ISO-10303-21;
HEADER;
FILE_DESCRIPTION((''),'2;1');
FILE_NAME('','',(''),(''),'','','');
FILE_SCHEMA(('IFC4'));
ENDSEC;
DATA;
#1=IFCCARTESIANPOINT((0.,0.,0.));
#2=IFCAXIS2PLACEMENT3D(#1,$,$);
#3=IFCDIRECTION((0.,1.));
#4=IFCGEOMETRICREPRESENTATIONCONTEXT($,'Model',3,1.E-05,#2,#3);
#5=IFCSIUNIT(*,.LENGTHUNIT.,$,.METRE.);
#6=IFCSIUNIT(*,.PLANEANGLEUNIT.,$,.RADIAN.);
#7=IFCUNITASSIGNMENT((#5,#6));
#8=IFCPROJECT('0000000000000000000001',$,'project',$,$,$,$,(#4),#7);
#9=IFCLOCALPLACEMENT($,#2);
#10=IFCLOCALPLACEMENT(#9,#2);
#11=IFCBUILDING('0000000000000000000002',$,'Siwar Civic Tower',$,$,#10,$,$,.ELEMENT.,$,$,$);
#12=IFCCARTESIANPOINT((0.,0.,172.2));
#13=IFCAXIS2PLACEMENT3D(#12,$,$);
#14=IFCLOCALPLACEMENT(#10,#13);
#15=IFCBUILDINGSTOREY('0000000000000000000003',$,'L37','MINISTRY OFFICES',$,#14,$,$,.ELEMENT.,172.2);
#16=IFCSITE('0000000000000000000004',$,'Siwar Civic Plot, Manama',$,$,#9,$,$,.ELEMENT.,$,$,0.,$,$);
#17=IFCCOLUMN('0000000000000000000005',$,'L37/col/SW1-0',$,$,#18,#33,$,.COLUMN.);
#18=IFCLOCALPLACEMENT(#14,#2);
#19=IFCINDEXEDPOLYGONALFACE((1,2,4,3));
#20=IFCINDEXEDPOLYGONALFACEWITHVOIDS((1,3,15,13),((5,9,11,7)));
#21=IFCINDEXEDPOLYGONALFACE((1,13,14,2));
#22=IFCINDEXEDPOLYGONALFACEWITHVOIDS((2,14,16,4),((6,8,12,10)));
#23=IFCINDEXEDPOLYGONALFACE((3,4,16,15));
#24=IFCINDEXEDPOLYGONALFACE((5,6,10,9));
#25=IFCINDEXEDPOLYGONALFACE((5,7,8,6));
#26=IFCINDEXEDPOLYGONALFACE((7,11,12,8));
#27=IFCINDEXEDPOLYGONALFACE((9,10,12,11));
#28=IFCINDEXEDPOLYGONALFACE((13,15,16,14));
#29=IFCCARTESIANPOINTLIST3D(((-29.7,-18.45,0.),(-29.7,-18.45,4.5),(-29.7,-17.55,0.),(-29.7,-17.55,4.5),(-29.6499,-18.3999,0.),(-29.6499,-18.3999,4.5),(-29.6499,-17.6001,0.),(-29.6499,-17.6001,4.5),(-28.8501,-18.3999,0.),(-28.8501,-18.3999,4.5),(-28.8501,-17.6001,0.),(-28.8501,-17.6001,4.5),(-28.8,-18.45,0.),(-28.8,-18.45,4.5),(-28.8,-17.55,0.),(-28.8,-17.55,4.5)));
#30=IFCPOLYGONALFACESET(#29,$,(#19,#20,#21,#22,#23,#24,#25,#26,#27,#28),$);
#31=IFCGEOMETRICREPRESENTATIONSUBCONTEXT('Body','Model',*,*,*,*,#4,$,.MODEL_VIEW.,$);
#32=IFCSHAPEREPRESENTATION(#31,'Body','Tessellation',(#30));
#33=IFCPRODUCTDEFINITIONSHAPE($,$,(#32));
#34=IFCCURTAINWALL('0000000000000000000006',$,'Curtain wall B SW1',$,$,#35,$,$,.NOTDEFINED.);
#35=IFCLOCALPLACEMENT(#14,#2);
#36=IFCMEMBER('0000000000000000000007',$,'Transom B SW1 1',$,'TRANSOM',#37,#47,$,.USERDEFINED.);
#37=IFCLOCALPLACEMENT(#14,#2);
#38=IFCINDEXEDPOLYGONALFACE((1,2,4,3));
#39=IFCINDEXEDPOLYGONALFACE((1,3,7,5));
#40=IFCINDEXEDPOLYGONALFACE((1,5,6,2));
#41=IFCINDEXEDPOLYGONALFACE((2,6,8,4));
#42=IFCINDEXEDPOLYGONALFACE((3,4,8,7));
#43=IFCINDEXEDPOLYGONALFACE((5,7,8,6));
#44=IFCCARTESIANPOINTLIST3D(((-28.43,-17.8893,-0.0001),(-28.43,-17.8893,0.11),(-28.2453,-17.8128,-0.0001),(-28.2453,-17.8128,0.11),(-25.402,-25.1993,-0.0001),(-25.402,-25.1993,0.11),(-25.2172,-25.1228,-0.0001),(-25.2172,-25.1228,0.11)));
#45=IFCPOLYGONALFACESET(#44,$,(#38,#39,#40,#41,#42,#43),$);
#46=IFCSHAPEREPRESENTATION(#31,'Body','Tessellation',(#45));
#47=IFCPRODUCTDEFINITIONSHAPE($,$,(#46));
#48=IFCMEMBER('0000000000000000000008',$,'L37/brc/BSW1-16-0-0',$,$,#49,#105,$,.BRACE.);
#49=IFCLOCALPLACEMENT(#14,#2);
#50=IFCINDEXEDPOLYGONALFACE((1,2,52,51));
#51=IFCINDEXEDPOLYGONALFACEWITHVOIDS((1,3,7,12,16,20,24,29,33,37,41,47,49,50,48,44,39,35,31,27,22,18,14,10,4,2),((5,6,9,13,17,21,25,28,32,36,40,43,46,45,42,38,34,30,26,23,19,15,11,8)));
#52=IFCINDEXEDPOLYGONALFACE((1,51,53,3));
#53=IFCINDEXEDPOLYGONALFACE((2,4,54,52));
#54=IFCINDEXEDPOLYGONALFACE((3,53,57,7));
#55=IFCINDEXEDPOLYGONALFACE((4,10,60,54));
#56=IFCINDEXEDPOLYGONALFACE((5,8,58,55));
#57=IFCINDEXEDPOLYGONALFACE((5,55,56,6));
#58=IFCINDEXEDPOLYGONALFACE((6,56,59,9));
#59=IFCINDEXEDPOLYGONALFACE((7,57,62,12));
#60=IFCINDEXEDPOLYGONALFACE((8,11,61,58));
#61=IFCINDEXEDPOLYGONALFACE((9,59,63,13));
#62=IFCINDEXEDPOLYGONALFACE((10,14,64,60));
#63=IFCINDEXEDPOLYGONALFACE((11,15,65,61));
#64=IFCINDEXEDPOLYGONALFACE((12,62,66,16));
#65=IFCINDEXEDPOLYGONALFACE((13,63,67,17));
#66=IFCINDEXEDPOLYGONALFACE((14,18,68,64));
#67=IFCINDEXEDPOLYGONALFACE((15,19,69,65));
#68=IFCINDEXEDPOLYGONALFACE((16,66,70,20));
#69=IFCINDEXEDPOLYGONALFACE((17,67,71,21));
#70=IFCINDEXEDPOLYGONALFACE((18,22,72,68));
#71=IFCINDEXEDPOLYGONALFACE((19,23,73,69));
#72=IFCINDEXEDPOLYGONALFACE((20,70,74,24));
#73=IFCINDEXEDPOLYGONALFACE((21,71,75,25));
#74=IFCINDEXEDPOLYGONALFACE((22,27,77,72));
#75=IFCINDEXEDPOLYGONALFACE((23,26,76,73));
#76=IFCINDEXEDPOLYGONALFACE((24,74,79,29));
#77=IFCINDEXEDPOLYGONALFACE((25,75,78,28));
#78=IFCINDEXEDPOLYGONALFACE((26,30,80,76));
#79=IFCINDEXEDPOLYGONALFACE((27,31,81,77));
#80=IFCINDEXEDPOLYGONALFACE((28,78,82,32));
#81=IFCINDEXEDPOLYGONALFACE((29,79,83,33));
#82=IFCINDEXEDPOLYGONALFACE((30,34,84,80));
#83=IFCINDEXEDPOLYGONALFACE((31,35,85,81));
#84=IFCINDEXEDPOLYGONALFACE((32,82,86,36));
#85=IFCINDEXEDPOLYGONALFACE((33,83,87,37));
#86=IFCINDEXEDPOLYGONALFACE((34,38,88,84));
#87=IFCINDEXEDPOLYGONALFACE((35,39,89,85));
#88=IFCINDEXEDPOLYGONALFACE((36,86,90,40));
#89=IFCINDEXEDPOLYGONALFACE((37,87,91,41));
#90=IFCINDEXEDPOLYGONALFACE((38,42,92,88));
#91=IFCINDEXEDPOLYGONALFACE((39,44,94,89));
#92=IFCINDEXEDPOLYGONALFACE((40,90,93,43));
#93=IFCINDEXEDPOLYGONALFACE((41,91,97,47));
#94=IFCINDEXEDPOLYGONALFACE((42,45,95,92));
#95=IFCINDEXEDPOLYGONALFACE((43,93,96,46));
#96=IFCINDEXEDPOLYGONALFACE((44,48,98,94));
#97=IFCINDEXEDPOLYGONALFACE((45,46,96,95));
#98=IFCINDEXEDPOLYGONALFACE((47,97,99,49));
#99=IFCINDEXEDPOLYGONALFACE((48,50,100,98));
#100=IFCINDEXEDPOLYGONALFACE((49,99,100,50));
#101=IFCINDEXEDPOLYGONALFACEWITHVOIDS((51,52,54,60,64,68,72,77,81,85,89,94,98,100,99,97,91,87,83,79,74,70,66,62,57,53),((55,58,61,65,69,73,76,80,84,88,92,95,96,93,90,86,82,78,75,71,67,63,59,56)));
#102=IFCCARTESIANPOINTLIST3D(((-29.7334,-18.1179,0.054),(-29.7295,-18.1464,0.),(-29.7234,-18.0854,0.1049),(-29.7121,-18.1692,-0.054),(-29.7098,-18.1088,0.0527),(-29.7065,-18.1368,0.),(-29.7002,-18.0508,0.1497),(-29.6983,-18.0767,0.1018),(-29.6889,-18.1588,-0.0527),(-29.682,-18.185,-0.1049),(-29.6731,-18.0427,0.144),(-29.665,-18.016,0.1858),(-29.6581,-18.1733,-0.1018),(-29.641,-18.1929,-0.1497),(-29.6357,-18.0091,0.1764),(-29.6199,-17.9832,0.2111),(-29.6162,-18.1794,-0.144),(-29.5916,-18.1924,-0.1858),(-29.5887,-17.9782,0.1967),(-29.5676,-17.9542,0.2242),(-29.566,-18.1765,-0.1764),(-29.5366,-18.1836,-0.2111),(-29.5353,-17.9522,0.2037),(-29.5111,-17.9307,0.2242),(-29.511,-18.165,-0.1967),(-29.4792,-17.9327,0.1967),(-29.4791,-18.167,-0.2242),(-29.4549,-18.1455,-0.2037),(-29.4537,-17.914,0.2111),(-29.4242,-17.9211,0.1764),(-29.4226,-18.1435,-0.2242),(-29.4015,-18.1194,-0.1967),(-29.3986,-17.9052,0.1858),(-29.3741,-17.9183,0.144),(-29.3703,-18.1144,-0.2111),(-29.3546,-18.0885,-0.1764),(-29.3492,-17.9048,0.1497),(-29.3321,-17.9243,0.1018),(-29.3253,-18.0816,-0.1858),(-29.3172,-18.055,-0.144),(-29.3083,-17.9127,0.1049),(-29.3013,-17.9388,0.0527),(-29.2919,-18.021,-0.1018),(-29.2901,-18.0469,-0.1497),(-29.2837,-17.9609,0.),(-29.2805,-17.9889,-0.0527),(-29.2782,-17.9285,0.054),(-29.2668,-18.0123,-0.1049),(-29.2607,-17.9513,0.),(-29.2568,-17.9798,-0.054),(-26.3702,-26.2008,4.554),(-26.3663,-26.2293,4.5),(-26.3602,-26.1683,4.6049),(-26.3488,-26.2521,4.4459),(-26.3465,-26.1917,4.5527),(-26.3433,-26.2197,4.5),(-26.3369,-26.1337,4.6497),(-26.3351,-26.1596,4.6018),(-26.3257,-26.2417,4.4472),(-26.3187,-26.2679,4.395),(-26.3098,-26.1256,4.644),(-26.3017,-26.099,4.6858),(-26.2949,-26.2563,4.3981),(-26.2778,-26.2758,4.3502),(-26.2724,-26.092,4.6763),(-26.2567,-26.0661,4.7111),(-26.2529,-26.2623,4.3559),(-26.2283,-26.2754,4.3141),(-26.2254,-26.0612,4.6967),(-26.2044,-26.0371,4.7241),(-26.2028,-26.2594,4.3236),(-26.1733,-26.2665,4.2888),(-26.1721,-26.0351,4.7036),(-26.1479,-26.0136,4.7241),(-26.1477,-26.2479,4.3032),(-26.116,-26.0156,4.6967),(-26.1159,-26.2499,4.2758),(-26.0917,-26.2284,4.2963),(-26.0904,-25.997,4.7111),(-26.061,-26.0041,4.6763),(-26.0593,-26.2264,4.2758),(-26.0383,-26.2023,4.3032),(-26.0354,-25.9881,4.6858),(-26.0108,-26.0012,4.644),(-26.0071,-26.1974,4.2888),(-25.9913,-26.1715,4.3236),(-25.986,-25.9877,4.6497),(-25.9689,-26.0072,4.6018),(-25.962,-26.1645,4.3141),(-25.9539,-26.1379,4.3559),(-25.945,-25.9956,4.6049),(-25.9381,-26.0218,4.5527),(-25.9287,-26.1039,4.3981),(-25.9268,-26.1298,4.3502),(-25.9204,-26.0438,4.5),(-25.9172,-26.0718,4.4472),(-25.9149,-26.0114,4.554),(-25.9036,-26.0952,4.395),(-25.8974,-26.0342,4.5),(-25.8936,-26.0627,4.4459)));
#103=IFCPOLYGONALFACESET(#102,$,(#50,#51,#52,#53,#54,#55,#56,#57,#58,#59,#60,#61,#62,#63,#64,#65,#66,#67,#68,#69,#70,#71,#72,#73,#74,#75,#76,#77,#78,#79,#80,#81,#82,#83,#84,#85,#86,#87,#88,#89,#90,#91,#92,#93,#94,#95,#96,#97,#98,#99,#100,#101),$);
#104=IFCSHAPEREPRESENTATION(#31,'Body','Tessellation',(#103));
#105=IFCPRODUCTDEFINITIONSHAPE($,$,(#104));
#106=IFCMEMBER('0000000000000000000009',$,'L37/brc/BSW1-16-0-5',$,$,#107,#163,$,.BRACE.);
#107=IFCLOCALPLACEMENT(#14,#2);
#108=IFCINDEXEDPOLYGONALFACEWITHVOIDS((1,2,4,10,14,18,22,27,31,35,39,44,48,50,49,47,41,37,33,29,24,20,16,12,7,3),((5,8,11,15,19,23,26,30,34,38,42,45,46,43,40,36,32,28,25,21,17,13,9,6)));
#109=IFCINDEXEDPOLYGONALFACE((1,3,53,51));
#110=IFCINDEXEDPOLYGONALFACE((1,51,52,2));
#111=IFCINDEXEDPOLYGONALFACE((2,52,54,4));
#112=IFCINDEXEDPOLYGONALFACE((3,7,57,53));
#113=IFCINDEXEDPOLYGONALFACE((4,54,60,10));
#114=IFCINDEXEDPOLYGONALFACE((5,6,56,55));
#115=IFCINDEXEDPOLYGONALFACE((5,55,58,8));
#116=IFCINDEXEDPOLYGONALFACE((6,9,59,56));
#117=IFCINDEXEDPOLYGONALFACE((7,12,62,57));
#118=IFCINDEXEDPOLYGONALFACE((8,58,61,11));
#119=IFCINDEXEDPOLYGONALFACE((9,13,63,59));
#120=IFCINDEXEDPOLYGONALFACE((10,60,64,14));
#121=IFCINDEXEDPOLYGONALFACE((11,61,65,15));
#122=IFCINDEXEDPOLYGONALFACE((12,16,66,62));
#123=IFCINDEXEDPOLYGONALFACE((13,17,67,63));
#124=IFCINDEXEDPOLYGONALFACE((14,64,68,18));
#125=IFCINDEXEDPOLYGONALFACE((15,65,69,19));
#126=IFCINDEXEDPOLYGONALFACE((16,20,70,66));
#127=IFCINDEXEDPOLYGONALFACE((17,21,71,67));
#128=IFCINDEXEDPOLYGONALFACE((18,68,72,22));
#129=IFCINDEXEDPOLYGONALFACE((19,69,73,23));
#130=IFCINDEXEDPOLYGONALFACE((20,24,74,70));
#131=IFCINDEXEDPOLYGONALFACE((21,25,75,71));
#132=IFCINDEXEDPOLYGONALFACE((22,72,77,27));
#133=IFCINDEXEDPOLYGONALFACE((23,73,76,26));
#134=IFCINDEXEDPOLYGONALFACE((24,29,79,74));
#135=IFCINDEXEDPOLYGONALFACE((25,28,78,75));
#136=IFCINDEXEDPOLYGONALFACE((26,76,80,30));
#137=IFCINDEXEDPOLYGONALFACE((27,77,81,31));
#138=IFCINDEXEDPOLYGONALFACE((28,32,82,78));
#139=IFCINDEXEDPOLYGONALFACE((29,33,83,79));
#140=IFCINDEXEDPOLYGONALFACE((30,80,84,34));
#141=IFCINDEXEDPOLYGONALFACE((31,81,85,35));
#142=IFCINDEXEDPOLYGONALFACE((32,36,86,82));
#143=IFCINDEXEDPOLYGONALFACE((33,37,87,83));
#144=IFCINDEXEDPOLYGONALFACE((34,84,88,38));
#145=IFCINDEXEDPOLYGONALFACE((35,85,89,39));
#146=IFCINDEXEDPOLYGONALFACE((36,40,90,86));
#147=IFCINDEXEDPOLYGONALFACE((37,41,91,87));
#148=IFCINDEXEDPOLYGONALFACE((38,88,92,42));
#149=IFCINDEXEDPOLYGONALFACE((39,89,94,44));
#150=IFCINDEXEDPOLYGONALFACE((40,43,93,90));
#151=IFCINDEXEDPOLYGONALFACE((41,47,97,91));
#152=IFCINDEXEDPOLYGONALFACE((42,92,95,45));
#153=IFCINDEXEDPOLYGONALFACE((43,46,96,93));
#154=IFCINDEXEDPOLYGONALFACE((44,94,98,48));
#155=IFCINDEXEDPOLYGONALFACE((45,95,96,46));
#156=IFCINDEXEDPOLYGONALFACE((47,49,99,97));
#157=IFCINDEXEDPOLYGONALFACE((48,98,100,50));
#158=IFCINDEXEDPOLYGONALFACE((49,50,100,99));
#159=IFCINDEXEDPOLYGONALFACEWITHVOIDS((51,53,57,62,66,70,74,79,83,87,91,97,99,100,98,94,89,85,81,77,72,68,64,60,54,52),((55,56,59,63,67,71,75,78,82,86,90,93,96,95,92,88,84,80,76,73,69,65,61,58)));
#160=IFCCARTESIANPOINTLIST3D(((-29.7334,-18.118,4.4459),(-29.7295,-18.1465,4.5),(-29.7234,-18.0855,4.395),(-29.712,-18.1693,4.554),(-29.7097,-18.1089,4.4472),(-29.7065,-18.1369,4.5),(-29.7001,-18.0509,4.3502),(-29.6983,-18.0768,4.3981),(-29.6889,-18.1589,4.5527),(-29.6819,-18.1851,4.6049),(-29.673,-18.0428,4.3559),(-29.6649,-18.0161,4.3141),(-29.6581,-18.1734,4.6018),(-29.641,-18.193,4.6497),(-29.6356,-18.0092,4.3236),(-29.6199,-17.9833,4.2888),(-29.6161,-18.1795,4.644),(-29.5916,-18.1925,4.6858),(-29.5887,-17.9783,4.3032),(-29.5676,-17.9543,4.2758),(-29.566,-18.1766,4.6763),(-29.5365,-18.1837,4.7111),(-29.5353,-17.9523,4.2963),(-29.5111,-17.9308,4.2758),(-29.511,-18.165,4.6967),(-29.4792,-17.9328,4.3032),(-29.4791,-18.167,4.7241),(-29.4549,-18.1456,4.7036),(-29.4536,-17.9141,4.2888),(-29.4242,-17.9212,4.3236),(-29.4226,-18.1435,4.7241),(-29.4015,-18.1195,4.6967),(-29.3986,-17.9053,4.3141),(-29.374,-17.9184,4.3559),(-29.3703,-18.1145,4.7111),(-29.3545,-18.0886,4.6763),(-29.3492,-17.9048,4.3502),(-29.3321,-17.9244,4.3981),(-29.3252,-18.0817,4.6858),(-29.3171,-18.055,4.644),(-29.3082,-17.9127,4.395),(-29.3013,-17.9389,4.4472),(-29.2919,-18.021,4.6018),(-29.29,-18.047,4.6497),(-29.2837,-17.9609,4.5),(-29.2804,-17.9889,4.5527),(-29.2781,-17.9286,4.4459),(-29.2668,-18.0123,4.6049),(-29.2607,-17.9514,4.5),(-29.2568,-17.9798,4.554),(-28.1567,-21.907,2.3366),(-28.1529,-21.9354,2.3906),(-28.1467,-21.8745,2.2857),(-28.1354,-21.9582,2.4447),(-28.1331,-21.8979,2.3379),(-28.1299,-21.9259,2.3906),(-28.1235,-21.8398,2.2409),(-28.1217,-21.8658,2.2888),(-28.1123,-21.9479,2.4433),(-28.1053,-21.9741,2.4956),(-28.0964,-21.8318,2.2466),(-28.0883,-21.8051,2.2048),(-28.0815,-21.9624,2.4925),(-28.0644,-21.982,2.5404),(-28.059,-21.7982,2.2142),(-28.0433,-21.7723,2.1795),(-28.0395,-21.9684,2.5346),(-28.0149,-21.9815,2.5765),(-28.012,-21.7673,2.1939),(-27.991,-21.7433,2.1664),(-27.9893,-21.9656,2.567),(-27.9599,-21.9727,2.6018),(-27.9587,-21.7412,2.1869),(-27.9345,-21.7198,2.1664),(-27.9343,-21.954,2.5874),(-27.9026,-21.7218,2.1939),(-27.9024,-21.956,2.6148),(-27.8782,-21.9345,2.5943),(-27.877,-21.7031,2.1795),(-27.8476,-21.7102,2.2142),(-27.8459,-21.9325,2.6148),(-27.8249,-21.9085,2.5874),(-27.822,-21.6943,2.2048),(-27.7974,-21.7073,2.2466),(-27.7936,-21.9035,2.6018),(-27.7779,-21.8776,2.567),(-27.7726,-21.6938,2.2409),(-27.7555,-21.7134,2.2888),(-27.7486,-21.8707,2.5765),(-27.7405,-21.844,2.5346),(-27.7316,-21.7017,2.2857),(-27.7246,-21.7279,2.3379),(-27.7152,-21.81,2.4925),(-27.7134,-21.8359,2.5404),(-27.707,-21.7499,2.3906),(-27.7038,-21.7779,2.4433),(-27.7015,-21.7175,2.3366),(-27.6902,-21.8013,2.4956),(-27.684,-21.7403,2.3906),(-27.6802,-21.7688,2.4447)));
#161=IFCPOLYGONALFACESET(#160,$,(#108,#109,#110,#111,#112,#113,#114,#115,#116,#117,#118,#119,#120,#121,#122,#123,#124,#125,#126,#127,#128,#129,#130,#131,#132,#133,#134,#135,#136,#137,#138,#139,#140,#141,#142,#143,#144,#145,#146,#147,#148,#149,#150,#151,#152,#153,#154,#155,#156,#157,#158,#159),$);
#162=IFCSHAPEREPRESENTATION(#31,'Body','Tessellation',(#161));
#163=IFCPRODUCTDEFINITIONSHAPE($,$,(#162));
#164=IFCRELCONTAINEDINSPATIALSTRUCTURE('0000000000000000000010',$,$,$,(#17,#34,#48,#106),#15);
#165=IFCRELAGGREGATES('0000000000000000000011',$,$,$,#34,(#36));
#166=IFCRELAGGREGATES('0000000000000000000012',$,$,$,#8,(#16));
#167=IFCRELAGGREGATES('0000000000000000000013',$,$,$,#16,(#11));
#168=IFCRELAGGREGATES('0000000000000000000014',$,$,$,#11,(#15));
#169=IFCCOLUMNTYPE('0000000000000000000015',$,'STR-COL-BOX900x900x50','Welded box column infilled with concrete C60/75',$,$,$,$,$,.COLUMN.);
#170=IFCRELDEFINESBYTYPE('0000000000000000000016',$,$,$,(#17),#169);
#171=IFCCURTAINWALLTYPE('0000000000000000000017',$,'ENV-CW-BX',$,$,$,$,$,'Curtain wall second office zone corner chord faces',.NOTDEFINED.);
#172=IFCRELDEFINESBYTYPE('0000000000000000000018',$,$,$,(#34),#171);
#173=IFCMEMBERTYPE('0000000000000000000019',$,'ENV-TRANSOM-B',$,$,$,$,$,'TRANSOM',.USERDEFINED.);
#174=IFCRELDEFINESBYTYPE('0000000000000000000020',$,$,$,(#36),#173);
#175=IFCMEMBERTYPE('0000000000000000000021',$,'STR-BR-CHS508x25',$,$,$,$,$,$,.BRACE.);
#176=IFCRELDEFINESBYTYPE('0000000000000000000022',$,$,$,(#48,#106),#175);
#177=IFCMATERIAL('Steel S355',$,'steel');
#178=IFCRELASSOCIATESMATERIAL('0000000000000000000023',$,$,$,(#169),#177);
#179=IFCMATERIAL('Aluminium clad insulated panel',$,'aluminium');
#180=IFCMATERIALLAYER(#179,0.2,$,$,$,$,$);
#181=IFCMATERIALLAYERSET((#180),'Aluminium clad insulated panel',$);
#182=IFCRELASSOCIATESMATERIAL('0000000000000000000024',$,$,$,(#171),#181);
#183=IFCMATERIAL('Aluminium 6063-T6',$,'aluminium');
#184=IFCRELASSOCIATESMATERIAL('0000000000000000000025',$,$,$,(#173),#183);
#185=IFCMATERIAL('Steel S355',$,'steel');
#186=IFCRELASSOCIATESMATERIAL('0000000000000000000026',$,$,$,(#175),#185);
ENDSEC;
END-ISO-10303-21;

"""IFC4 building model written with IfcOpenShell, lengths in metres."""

from ifc_helpers import new_model, si_unit, direction, frame, origin, origin_2d, place, context, subcontext, project, spatial, rectangle, hollow_rectangle, hollow_circle, extrude, material, layer, layer_set, material_profile, profile_set, type_object, element, aggregate, save


model = new_model("IFC4")

# Units and contexts
model_context = context("Model", 3, precision=1e-05, world=origin(), true_north=direction((0.0, 1.0)))
body_context = subcontext(model_context, "Body", "Model", "MODEL_VIEW")
ifc_project = project(units=[si_unit("LENGTHUNIT", "METRE"), si_unit("PLANEANGLEUNIT", "RADIAN")], contexts=[model_context])

# Site, building, storey
site_placement = place(None, origin())
site = spatial("IfcSite", under=ifc_project, at=site_placement, Name="Siwar Civic Plot, Manama", CompositionType="ELEMENT", RefElevation=0.0)
building_placement = place(site_placement, origin())
building = spatial("IfcBuilding", under=site, at=building_placement, Name="Siwar Civic Tower", CompositionType="ELEMENT")
storey_placement = place(building_placement, frame((0.0, 0.0, 172.2)))
storey = spatial("IfcBuildingStorey", under=building, at=storey_placement, Name="L37", Description="MINISTRY OFFICES", CompositionType="ELEMENT", Elevation=172.2)

# Column
ifc_material_1 = material(Name="Steel S355", Category="steel")
ifc_material_profile_1 = material_profile(ifc_material_1, hollow_rectangle(XDim=0.8999, YDim=0.8999, WallThickness=0.05, at=origin_2d()), Name="BOX900x900x50")
ifc_profile_set_1 = profile_set([ifc_material_profile_1], Name="Steel S355")
column_type = type_object("IfcColumnType", Name="STR-COL-BOX900x900x50", Description="Welded box column infilled with concrete C60/75", PredefinedType="COLUMN", material=ifc_profile_set_1)
column_placement = place(storey_placement, frame((-29.25, -18.0, 0.0), z_axis=(0.0, 0.0, 1.0), x_axis=(1.0, 0.0, 0.0)))
element("IfcColumn", 1, at=column_placement, inside=storey, type_object=column_type, Name="L37/col/SW1-0", PredefinedType="COLUMN", context=body_context, shape_type="SweptSolid", body=[
    extrude(hollow_rectangle(XDim=0.8999, YDim=0.8999, WallThickness=0.05, at=origin_2d()), origin(), (0.0, 0.0, 1.0), 4.5),
])

# Curtain wall, member
ifc_material_2 = material(Name="Aluminium clad insulated panel", Category="aluminium")
ifc_layer_1 = layer(ifc_material_2, 0.2)
ifc_layer_set_1 = layer_set([ifc_layer_1], Name="Aluminium clad insulated panel")
curtain_wall_type = type_object("IfcCurtainWallType", Name="ENV-CW-BX", ElementType="Curtain wall second office zone corner chord faces", PredefinedType="NOTDEFINED", material=ifc_layer_set_1)
curtain_wall_placement = place(storey_placement, origin())
curtain_wall = element("IfcCurtainWall", 2, at=curtain_wall_placement, inside=storey, type_object=curtain_wall_type, Name="Curtain wall B SW1", PredefinedType="NOTDEFINED")
ifc_material_3 = material(Name="Aluminium 6063-T6", Category="aluminium")
ifc_material_profile_2 = material_profile(ifc_material_3, rectangle(XDim=0.2, YDim=0.1101, at=origin_2d()), Name="AL 200x110")
ifc_profile_set_2 = profile_set([ifc_material_profile_2], Name="Aluminium 6063-T6")
member_type_1 = type_object("IfcMemberType", Name="ENV-TRANSOM-B", ElementType="TRANSOM", PredefinedType="USERDEFINED", material=ifc_profile_set_2)
member_1_placement = place(storey_placement, frame((-28.3376, -17.8511, 0.0549), z_axis=(0.3827, -0.923873, 0.0), x_axis=(0.923873, 0.3827, 0.0)))
member_1 = element("IfcMember", 3, at=member_1_placement, type_object=member_type_1, Name="Transom B SW1 1", ObjectType="TRANSOM", PredefinedType="USERDEFINED", context=body_context, shape_type="SweptSolid", body=[
    extrude(rectangle(XDim=0.2, YDim=0.1101, at=origin_2d()), origin(), (0.0, 0.0, 1.0), 7.9124),
])

# Members
ifc_material_4 = material(Name="Steel S355", Category="steel")
ifc_material_profile_3 = material_profile(ifc_material_4, hollow_circle(Radius=0.2539, WallThickness=0.0249, at=origin_2d()), Name="CHS508x25")
ifc_profile_set_3 = profile_set([ifc_material_profile_3], Name="Steel S355")
member_type_2 = type_object("IfcMemberType", Name="STR-BR-CHS508x25", PredefinedType="BRACE", material=ifc_profile_set_3)
member_2_placement = place(storey_placement, frame((-29.4951, -18.0488, 0.0), z_axis=(0.341671, -0.821143, 0.457149), x_axis=(0.923265, 0.384164, 0.0)))
element("IfcMember", 4, at=member_2_placement, inside=storey, type_object=member_type_2, Name="L37/brc/BSW1-16-0-0", PredefinedType="BRACE", context=body_context, shape_type="SweptSolid", body=[
    extrude(hollow_circle(Radius=0.2539, WallThickness=0.0249, at=origin_2d()), origin(), (0.0, 0.0, 1.0), 9.8435),
])
member_3_placement = place(storey_placement, frame((-27.9185, -21.8379, 2.3906), z_axis=(-0.341686, 0.821146, 0.457133), x_axis=(-0.92326, -0.384176, 0.0)))
element("IfcMember", 5, at=member_3_placement, inside=storey, type_object=member_type_2, Name="L37/brc/BSW1-16-0-5", PredefinedType="BRACE", context=body_context, shape_type="SweptSolid", body=[
    extrude(hollow_circle(Radius=0.2539, WallThickness=0.0249, at=origin_2d()), origin(), (0.0, 0.0, 1.0), 4.6143),
])

aggregate(curtain_wall, [member_1])

save(model, "model.ifc")
